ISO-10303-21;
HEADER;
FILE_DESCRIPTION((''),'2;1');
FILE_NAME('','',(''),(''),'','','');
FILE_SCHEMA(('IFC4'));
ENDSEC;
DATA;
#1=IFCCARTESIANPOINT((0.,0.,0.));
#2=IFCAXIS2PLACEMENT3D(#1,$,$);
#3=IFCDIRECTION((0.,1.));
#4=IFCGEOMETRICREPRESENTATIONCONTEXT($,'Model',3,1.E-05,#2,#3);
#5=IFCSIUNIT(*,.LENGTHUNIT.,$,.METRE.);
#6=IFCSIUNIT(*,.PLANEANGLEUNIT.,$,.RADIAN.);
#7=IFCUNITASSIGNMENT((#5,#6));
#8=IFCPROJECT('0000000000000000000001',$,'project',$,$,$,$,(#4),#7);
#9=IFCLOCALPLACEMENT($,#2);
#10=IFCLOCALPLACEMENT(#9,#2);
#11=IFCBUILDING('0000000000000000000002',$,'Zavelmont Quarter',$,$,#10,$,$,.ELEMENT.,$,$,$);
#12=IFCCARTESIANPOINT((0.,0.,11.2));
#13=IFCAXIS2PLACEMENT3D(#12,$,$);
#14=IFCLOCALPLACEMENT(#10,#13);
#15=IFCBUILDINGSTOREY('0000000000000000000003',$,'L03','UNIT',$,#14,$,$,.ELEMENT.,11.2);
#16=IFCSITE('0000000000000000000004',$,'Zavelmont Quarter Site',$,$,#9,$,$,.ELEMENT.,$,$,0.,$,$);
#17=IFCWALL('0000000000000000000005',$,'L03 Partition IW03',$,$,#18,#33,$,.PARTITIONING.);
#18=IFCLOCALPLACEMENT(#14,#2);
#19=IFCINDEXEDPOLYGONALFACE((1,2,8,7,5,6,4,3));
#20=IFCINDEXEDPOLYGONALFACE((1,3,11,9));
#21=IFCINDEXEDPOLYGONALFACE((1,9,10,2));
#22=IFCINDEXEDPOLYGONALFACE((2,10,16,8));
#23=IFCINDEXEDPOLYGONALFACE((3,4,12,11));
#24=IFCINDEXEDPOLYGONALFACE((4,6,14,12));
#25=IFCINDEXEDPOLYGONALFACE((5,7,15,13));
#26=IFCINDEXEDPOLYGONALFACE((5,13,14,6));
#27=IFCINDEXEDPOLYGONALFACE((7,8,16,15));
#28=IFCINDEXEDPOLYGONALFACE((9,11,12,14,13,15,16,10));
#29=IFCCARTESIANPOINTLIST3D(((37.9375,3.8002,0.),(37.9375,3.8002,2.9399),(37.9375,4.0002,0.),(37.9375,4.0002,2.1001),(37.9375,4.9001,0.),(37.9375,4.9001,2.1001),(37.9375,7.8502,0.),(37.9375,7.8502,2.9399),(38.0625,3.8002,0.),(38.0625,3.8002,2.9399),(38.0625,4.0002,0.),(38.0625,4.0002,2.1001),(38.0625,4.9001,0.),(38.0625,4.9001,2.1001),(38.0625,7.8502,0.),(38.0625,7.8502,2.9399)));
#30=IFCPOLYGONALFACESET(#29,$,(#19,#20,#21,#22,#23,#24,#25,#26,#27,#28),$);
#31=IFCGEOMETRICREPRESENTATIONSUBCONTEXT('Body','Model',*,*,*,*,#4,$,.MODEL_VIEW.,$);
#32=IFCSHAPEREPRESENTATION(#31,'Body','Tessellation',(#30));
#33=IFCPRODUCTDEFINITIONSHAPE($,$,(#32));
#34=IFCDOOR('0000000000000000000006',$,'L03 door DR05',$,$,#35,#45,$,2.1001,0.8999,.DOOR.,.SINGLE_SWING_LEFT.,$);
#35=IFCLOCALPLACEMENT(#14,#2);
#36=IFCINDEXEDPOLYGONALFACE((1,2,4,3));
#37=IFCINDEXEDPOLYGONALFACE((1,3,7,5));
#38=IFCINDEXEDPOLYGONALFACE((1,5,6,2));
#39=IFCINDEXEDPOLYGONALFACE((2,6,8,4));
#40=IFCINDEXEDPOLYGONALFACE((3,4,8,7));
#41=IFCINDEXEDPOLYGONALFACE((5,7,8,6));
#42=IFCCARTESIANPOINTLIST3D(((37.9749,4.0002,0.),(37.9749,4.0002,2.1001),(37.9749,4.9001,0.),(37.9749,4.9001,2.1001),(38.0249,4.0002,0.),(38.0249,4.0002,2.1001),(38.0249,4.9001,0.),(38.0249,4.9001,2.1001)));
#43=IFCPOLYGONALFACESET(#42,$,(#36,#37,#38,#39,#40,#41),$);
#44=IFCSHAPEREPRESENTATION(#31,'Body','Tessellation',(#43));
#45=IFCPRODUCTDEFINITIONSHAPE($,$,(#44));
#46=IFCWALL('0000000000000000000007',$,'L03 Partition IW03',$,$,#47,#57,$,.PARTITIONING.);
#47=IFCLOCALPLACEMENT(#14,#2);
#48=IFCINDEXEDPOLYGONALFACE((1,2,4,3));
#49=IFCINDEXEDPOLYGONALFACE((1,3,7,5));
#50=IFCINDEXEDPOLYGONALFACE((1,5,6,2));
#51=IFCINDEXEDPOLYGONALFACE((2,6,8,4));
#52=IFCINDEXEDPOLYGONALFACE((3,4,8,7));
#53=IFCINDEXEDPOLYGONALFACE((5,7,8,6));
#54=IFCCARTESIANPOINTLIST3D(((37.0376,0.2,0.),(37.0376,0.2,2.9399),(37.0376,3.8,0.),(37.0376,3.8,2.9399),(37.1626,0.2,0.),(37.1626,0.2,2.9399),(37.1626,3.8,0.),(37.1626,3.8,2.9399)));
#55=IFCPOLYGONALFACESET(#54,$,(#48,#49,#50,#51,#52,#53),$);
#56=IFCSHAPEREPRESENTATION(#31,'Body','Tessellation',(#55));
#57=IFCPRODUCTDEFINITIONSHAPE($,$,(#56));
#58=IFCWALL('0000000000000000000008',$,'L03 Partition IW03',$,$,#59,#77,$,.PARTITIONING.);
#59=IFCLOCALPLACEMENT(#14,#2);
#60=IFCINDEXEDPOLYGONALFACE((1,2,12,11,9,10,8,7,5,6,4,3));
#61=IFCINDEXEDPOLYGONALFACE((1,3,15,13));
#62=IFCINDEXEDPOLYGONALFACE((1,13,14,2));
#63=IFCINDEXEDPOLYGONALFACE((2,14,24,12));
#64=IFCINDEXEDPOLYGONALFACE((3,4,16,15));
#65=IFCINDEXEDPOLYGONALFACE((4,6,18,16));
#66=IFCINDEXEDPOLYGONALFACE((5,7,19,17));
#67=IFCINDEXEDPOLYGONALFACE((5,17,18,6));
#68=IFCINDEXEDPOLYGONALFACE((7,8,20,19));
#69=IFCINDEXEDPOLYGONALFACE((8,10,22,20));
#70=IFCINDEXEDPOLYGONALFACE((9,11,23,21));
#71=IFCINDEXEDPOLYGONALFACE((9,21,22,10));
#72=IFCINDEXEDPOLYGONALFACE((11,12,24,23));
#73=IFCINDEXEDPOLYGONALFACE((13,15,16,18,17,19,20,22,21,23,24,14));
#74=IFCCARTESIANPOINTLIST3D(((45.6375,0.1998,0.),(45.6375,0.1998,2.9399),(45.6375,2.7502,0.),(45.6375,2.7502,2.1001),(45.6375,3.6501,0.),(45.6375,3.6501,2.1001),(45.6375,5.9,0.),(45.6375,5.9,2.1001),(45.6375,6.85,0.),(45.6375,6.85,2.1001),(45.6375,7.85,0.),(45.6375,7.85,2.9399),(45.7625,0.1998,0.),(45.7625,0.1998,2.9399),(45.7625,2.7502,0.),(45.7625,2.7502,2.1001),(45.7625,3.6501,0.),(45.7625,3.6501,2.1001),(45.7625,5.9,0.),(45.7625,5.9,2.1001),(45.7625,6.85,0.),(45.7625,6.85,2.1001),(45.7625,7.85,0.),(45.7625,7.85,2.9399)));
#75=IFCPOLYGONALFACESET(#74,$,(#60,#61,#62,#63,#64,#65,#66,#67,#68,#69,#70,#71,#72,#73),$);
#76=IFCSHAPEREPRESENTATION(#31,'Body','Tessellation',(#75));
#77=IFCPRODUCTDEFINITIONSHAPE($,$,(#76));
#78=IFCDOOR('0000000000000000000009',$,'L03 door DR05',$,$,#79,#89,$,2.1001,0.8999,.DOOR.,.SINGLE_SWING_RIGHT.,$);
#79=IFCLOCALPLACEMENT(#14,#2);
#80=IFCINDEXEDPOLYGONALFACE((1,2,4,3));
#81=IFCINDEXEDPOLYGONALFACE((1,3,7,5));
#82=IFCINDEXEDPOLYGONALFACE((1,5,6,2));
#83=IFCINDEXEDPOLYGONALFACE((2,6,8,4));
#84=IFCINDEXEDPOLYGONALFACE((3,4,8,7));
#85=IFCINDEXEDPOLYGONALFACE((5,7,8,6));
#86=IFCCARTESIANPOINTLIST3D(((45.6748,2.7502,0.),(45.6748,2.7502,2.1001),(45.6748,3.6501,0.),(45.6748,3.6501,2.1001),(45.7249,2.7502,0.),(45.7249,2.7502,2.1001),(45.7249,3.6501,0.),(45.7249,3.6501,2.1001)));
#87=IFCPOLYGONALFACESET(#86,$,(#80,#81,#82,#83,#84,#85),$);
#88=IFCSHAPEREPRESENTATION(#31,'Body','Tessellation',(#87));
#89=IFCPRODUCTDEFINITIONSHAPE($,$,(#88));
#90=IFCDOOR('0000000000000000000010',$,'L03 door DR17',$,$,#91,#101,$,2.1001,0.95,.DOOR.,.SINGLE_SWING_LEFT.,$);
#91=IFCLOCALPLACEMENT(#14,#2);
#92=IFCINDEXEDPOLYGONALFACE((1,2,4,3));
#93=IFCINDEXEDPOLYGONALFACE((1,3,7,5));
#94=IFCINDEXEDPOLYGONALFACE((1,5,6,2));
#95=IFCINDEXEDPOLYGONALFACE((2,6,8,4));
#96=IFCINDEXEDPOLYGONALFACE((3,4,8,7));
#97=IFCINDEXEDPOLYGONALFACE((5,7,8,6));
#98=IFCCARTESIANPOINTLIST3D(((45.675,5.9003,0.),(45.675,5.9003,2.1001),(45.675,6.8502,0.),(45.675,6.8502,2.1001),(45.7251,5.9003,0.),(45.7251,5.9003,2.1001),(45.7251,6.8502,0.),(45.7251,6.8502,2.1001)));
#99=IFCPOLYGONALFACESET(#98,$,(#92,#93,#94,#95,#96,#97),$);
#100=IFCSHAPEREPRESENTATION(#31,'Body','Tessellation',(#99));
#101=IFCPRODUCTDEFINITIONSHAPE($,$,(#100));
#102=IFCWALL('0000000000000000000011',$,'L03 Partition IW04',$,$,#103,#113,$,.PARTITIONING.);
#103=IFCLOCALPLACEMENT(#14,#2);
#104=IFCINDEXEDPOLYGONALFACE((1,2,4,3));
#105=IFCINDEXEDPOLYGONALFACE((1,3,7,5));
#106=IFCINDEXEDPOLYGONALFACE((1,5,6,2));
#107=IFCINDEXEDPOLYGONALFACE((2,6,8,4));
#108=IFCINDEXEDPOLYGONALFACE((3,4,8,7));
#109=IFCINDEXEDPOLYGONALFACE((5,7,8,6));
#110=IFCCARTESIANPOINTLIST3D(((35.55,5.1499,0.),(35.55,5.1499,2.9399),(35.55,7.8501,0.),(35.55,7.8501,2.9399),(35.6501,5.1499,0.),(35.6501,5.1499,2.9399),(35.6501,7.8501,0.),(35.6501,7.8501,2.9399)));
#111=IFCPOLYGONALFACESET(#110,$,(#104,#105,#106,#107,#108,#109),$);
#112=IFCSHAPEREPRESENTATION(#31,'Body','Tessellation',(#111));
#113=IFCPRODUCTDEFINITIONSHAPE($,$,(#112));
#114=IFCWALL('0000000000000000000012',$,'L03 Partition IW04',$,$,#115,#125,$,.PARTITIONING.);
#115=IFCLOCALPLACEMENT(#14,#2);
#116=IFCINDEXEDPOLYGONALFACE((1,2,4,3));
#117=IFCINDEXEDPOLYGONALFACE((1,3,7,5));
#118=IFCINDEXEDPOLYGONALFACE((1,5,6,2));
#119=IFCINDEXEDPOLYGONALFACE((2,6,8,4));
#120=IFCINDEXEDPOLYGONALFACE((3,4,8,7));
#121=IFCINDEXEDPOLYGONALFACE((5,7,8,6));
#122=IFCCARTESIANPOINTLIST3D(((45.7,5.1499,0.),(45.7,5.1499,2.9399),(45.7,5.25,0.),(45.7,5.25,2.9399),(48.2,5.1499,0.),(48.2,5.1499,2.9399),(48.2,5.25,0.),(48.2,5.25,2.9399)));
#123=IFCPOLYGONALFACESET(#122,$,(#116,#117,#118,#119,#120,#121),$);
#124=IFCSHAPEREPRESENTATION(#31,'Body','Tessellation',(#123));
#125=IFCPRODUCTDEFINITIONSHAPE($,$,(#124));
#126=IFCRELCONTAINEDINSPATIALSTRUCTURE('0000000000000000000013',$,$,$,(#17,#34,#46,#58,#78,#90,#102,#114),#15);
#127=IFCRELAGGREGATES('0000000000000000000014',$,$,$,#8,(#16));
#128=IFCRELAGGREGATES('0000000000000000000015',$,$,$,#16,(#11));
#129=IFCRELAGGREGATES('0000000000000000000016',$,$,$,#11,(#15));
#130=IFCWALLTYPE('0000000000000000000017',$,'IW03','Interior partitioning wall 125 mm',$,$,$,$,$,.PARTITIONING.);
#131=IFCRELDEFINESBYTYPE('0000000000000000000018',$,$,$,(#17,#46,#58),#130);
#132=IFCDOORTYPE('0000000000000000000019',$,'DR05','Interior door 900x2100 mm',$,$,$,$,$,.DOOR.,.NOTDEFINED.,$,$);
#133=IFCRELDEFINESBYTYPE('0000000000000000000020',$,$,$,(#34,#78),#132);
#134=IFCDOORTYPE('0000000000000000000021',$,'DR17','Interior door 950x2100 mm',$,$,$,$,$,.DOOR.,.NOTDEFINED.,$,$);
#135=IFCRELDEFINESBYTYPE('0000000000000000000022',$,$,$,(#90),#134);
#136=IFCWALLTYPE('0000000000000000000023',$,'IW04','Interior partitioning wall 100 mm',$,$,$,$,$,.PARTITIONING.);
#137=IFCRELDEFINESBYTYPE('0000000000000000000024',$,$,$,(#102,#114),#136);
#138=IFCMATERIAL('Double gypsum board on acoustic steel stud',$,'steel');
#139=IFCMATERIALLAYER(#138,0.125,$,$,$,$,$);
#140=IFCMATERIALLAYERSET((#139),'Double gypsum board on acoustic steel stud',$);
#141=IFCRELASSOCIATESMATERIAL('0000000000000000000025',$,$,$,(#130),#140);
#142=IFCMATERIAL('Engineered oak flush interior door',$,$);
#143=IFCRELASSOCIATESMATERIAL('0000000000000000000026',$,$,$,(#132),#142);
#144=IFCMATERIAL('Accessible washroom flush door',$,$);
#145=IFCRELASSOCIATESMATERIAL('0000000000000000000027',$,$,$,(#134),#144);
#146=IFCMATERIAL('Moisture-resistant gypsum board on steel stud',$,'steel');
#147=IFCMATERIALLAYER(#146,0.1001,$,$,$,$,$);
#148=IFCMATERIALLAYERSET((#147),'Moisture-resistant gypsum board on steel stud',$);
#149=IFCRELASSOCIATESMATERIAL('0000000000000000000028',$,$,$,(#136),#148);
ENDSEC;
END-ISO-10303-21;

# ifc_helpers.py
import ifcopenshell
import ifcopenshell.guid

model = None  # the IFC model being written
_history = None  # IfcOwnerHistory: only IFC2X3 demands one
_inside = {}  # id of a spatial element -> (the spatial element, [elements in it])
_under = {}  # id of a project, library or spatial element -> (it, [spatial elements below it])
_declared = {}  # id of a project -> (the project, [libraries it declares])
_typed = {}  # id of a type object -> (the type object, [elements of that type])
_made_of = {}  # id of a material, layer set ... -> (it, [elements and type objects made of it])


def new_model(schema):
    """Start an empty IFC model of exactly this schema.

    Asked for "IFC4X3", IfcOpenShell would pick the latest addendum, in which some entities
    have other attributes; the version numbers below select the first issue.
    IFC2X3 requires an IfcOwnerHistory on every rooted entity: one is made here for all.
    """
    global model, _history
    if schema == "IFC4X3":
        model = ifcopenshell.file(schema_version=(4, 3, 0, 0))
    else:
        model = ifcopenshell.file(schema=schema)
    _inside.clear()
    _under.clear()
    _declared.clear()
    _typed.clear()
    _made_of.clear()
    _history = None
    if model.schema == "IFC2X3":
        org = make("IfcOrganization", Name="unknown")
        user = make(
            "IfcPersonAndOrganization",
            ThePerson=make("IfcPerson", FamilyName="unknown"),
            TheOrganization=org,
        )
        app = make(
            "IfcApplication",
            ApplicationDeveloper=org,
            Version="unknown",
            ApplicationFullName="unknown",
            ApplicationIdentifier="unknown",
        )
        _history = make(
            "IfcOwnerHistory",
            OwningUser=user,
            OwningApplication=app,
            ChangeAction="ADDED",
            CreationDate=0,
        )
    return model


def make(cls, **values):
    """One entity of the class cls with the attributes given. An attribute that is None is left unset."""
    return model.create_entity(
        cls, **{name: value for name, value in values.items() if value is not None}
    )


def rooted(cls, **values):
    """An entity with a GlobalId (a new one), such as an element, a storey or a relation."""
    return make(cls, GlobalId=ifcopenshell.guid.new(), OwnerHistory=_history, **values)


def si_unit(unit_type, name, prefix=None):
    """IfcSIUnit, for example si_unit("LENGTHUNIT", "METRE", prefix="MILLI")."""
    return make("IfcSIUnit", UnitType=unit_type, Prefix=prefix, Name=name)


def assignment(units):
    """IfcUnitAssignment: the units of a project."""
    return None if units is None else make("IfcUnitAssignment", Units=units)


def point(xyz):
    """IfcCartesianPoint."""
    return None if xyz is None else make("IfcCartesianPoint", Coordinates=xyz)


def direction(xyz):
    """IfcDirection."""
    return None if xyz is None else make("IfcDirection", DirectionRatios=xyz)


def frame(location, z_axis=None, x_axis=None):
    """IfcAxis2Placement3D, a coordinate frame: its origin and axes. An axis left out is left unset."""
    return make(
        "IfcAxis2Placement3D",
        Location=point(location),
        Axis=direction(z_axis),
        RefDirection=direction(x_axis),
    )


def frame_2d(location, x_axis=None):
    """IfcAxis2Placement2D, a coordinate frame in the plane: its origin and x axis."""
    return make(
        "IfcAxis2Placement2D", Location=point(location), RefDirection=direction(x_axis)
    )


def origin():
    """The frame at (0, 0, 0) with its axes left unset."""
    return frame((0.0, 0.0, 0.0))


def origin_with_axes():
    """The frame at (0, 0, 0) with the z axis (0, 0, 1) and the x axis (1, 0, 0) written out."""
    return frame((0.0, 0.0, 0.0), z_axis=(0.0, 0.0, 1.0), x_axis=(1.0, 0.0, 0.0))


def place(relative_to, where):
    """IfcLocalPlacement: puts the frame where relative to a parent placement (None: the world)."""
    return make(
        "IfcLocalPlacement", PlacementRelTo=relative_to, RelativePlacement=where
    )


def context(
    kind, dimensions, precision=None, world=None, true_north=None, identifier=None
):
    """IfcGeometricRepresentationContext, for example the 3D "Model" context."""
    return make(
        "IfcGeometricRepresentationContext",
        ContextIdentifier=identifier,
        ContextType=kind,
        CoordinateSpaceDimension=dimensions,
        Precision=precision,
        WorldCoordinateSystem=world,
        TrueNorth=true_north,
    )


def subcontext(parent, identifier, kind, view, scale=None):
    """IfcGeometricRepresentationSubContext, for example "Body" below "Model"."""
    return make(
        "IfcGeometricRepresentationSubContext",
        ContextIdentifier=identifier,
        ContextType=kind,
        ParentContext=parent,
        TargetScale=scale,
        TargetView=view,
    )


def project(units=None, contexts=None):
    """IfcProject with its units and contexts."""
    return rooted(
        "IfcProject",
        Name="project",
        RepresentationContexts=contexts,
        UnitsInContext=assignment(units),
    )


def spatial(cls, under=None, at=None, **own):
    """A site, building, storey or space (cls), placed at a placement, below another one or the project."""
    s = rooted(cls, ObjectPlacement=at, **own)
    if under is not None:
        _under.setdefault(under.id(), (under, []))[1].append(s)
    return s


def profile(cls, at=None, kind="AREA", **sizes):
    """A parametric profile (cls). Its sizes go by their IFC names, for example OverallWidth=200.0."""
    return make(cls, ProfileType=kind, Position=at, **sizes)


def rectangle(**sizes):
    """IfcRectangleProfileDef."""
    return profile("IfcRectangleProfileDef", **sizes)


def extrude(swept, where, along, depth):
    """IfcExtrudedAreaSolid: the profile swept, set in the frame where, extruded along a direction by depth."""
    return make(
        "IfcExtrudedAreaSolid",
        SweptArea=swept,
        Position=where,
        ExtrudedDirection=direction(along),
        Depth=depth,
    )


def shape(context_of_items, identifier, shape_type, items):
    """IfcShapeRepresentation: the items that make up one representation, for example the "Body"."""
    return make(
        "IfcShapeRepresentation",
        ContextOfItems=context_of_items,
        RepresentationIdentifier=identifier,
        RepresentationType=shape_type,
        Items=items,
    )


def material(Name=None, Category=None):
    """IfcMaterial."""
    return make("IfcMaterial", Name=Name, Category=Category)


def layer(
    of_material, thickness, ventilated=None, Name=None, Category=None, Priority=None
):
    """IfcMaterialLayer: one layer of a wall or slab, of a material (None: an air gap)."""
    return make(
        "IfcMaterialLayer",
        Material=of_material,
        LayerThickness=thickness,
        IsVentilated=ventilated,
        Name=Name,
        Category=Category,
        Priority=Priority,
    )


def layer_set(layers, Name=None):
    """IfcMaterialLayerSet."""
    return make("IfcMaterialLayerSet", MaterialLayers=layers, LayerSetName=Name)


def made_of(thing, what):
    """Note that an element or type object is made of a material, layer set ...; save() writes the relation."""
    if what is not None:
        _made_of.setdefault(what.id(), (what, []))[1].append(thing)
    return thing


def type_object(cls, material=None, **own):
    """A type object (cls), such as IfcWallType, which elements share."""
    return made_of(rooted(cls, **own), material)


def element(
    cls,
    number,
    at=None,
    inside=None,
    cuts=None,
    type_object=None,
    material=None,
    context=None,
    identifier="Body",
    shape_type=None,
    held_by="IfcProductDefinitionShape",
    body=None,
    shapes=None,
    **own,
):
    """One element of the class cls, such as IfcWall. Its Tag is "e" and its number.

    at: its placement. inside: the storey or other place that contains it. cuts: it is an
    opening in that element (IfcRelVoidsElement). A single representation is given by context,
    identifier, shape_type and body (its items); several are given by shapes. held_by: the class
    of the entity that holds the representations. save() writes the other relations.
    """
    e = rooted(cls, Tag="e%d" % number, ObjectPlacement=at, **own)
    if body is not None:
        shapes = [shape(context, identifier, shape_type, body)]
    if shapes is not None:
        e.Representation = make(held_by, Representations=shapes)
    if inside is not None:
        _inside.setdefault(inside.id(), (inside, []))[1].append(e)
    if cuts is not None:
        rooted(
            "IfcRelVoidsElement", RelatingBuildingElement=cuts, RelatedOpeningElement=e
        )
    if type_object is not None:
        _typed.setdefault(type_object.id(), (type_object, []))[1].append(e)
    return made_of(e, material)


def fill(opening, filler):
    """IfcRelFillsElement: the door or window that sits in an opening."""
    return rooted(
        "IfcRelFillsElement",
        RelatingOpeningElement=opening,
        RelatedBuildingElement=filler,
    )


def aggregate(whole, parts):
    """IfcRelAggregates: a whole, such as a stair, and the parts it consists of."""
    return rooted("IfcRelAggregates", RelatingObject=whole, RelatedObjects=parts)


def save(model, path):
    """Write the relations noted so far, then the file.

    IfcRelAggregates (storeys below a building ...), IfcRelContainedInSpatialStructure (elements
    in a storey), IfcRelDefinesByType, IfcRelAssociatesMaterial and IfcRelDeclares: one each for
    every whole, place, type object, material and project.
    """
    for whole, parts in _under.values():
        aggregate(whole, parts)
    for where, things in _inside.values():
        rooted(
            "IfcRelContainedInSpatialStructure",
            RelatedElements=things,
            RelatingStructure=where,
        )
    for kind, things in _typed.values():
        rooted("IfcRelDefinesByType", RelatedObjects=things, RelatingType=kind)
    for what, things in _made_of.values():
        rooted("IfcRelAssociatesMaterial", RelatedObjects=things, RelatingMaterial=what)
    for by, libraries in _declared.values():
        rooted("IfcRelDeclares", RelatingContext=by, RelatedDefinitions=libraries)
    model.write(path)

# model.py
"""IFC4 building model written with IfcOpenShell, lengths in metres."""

from ifc_helpers import new_model, si_unit, direction, frame, frame_2d, origin, origin_with_axes, place, context, subcontext, project, spatial, rectangle, extrude, material, layer, layer_set, type_object, element, fill, save


model = new_model("IFC4")

# Units and contexts
model_context = context("Model", 3, precision=1e-05, world=origin(), true_north=direction((0.0, 1.0)))
body_context = subcontext(model_context, "Body", "Model", "MODEL_VIEW")
ifc_project = project(units=[si_unit("LENGTHUNIT", "METRE"), si_unit("PLANEANGLEUNIT", "RADIAN")], contexts=[model_context])

# Site, building, storey
site_placement = place(None, origin())
site = spatial("IfcSite", under=ifc_project, at=site_placement, Name="Zavelmont Quarter Site", CompositionType="ELEMENT", RefElevation=0.0)
building_placement = place(site_placement, origin())
building = spatial("IfcBuilding", under=site, at=building_placement, Name="Zavelmont Quarter", CompositionType="ELEMENT")
storey_placement = place(building_placement, frame((0.0, 0.0, 11.2)))
storey = spatial("IfcBuildingStorey", under=building, at=storey_placement, Name="L03", Description="UNIT", CompositionType="ELEMENT", Elevation=11.2)

# Wall, opening, door
ifc_material_1 = material(Name="Double gypsum board on acoustic steel stud", Category="steel")
ifc_layer_1 = layer(ifc_material_1, 0.125)
ifc_layer_set_1 = layer_set([ifc_layer_1], Name="Double gypsum board on acoustic steel stud")
wall_type_1 = type_object("IfcWallType", Name="IW03", Description="Interior partitioning wall 125 mm", PredefinedType="PARTITIONING", material=ifc_layer_set_1)
wall_1_placement = place(storey_placement, frame((38.0, 7.8501, 0.0), z_axis=(0.0, 0.0, 1.0), x_axis=(0.0, -1.0, 0.0)))
wall_1 = element("IfcWall", 1, at=wall_1_placement, inside=storey, type_object=wall_type_1, Name="L03 Partition IW03", PredefinedType="PARTITIONING", context=body_context, shape_type="SweptSolid", body=[
    extrude(rectangle(XDim=4.05, YDim=0.125, at=frame_2d((2.0249, 0.0))), origin(), (0.0, 0.0, 1.0), 2.9399),
])
opening_1_placement = place(wall_1_placement, frame((2.95, 0.0, 0.0)))
opening_1 = element("IfcOpeningElement", 2, at=opening_1_placement, cuts=wall_1, PredefinedType="OPENING", context=body_context, shape_type="SweptSolid", body=[
    extrude(rectangle(XDim=0.8999, YDim=2.1001, at=frame_2d((0.45, 1.05))), frame((0.0, 0.0745, 0.0), z_axis=(0.0, -1.0, 0.0), x_axis=(1.0, 0.0, 0.0)), (0.0, 0.0, 1.0), 0.1489),
])
ifc_material_2 = material(Name="Engineered oak flush interior door")
door_type_1 = type_object("IfcDoorType", Name="DR05", Description="Interior door 900x2100 mm", OperationType="NOTDEFINED", PredefinedType="DOOR", material=ifc_material_2)
door_1_placement = place(opening_1_placement, origin_with_axes())
door_1 = element("IfcDoor", 3, at=door_1_placement, inside=storey, type_object=door_type_1, Name="L03 door DR05", OperationType="SINGLE_SWING_LEFT", OverallHeight=2.1001, OverallWidth=0.8999, PredefinedType="DOOR", context=body_context, shape_type="SweptSolid", body=[
    extrude(rectangle(XDim=0.8999, YDim=2.1001, at=frame_2d((0.45, 1.05))), frame((0.0, 0.0249, 0.0), z_axis=(0.0, -1.0, 0.0), x_axis=(1.0, 0.0, 0.0)), (0.0, 0.0, 1.0), 0.05),
])
fill(opening_1, door_1)

# Wall
wall_2_placement = place(storey_placement, frame((37.1001, 3.8, 0.0), z_axis=(0.0, 0.0, 1.0), x_axis=(0.0, -1.0, 0.0)))
element("IfcWall", 4, at=wall_2_placement, inside=storey, type_object=wall_type_1, Name="L03 Partition IW03", PredefinedType="PARTITIONING", context=body_context, shape_type="SweptSolid", body=[
    extrude(rectangle(XDim=3.6001, YDim=0.125, at=frame_2d((1.8, 0.0))), origin(), (0.0, 0.0, 1.0), 2.9399),
])

# Wall, openings, doors
wall_3_placement = place(storey_placement, frame((45.7, 7.8501, 0.0), z_axis=(0.0, 0.0, 1.0), x_axis=(0.0, -1.0, 0.0)))
wall_3 = element("IfcWall", 5, at=wall_3_placement, inside=storey, type_object=wall_type_1, Name="L03 Partition IW03", PredefinedType="PARTITIONING", context=body_context, shape_type="SweptSolid", body=[
    extrude(rectangle(XDim=7.6501, YDim=0.125, at=frame_2d((3.8252, 0.0))), origin(), (0.0, 0.0, 1.0), 2.9399),
])
opening_2_placement = place(wall_3_placement, frame((1.0, 0.0, 0.0)))
opening_2 = element("IfcOpeningElement", 6, at=opening_2_placement, cuts=wall_3, PredefinedType="OPENING", context=body_context, shape_type="SweptSolid", body=[
    extrude(rectangle(XDim=0.95, YDim=2.1001, at=frame_2d((0.4751, 1.05))), frame((0.0, 0.0745, 0.0), z_axis=(0.0, -1.0, 0.0), x_axis=(1.0, 0.0, 0.0)), (0.0, 0.0, 1.0), 0.1489),
])
opening_3_placement = place(wall_3_placement, frame((4.2, 0.0, 0.0)))
opening_3 = element("IfcOpeningElement", 7, at=opening_3_placement, cuts=wall_3, PredefinedType="OPENING", context=body_context, shape_type="SweptSolid", body=[
    extrude(rectangle(XDim=0.8999, YDim=2.1001, at=frame_2d((0.45, 1.05))), frame((0.0, 0.0745, 0.0), z_axis=(0.0, -1.0, 0.0), x_axis=(1.0, 0.0, 0.0)), (0.0, 0.0, 1.0), 0.1489),
])
door_2_placement = place(opening_3_placement, origin_with_axes())
door_2 = element("IfcDoor", 8, at=door_2_placement, inside=storey, type_object=door_type_1, Name="L03 door DR05", OperationType="SINGLE_SWING_RIGHT", OverallHeight=2.1001, OverallWidth=0.8999, PredefinedType="DOOR", context=body_context, shape_type="SweptSolid", body=[
    extrude(rectangle(XDim=0.8999, YDim=2.1001, at=frame_2d((0.45, 1.05))), frame((0.0, 0.0249, 0.0), z_axis=(0.0, -1.0, 0.0), x_axis=(1.0, 0.0, 0.0)), (0.0, 0.0, 1.0), 0.05),
])
fill(opening_3, door_2)
ifc_material_3 = material(Name="Accessible washroom flush door")
door_type_2 = type_object("IfcDoorType", Name="DR17", Description="Interior door 950x2100 mm", OperationType="NOTDEFINED", PredefinedType="DOOR", material=ifc_material_3)
door_3_placement = place(opening_2_placement, frame((0.95, 0.0, 0.0), z_axis=(0.0, 0.0, 1.0), x_axis=(-1.0, 0.0, 0.0)))
door_3 = element("IfcDoor", 9, at=door_3_placement, inside=storey, type_object=door_type_2, Name="L03 door DR17", OperationType="SINGLE_SWING_LEFT", OverallHeight=2.1001, OverallWidth=0.95, PredefinedType="DOOR", context=body_context, shape_type="SweptSolid", body=[
    extrude(rectangle(XDim=0.95, YDim=2.1001, at=frame_2d((0.4751, 1.05))), frame((0.0, 0.0249, 0.0), z_axis=(0.0, -1.0, 0.0), x_axis=(1.0, 0.0, 0.0)), (0.0, 0.0, 1.0), 0.05),
])
fill(opening_2, door_3)

# Walls
ifc_material_4 = material(Name="Moisture-resistant gypsum board on steel stud", Category="steel")
ifc_layer_2 = layer(ifc_material_4, 0.1001)
ifc_layer_set_2 = layer_set([ifc_layer_2], Name="Moisture-resistant gypsum board on steel stud")
wall_type_2 = type_object("IfcWallType", Name="IW04", Description="Interior partitioning wall 100 mm", PredefinedType="PARTITIONING", material=ifc_layer_set_2)
wall_4_placement = place(storey_placement, frame((35.6001, 7.8501, 0.0), z_axis=(0.0, 0.0, 1.0), x_axis=(0.0, -1.0, 0.0)))
element("IfcWall", 10, at=wall_4_placement, inside=storey, type_object=wall_type_2, Name="L03 Partition IW04", PredefinedType="PARTITIONING", context=body_context, shape_type="SweptSolid", body=[
    extrude(rectangle(XDim=2.7002, YDim=0.1001, at=frame_2d((1.3501, 0.0))), origin(), (0.0, 0.0, 1.0), 2.9399),
])
wall_5_placement = place(storey_placement, frame((45.7, 5.2, 0.0), z_axis=(0.0, 0.0, 1.0), x_axis=(1.0, 0.0, 0.0)))
element("IfcWall", 11, at=wall_5_placement, inside=storey, type_object=wall_type_2, Name="L03 Partition IW04", PredefinedType="PARTITIONING", context=body_context, shape_type="SweptSolid", body=[
    extrude(rectangle(XDim=2.5, YDim=0.1001, at=frame_2d((1.25, 0.0))), origin(), (0.0, 0.0, 1.0), 2.9399),
])

save(model, "model.ifc")
